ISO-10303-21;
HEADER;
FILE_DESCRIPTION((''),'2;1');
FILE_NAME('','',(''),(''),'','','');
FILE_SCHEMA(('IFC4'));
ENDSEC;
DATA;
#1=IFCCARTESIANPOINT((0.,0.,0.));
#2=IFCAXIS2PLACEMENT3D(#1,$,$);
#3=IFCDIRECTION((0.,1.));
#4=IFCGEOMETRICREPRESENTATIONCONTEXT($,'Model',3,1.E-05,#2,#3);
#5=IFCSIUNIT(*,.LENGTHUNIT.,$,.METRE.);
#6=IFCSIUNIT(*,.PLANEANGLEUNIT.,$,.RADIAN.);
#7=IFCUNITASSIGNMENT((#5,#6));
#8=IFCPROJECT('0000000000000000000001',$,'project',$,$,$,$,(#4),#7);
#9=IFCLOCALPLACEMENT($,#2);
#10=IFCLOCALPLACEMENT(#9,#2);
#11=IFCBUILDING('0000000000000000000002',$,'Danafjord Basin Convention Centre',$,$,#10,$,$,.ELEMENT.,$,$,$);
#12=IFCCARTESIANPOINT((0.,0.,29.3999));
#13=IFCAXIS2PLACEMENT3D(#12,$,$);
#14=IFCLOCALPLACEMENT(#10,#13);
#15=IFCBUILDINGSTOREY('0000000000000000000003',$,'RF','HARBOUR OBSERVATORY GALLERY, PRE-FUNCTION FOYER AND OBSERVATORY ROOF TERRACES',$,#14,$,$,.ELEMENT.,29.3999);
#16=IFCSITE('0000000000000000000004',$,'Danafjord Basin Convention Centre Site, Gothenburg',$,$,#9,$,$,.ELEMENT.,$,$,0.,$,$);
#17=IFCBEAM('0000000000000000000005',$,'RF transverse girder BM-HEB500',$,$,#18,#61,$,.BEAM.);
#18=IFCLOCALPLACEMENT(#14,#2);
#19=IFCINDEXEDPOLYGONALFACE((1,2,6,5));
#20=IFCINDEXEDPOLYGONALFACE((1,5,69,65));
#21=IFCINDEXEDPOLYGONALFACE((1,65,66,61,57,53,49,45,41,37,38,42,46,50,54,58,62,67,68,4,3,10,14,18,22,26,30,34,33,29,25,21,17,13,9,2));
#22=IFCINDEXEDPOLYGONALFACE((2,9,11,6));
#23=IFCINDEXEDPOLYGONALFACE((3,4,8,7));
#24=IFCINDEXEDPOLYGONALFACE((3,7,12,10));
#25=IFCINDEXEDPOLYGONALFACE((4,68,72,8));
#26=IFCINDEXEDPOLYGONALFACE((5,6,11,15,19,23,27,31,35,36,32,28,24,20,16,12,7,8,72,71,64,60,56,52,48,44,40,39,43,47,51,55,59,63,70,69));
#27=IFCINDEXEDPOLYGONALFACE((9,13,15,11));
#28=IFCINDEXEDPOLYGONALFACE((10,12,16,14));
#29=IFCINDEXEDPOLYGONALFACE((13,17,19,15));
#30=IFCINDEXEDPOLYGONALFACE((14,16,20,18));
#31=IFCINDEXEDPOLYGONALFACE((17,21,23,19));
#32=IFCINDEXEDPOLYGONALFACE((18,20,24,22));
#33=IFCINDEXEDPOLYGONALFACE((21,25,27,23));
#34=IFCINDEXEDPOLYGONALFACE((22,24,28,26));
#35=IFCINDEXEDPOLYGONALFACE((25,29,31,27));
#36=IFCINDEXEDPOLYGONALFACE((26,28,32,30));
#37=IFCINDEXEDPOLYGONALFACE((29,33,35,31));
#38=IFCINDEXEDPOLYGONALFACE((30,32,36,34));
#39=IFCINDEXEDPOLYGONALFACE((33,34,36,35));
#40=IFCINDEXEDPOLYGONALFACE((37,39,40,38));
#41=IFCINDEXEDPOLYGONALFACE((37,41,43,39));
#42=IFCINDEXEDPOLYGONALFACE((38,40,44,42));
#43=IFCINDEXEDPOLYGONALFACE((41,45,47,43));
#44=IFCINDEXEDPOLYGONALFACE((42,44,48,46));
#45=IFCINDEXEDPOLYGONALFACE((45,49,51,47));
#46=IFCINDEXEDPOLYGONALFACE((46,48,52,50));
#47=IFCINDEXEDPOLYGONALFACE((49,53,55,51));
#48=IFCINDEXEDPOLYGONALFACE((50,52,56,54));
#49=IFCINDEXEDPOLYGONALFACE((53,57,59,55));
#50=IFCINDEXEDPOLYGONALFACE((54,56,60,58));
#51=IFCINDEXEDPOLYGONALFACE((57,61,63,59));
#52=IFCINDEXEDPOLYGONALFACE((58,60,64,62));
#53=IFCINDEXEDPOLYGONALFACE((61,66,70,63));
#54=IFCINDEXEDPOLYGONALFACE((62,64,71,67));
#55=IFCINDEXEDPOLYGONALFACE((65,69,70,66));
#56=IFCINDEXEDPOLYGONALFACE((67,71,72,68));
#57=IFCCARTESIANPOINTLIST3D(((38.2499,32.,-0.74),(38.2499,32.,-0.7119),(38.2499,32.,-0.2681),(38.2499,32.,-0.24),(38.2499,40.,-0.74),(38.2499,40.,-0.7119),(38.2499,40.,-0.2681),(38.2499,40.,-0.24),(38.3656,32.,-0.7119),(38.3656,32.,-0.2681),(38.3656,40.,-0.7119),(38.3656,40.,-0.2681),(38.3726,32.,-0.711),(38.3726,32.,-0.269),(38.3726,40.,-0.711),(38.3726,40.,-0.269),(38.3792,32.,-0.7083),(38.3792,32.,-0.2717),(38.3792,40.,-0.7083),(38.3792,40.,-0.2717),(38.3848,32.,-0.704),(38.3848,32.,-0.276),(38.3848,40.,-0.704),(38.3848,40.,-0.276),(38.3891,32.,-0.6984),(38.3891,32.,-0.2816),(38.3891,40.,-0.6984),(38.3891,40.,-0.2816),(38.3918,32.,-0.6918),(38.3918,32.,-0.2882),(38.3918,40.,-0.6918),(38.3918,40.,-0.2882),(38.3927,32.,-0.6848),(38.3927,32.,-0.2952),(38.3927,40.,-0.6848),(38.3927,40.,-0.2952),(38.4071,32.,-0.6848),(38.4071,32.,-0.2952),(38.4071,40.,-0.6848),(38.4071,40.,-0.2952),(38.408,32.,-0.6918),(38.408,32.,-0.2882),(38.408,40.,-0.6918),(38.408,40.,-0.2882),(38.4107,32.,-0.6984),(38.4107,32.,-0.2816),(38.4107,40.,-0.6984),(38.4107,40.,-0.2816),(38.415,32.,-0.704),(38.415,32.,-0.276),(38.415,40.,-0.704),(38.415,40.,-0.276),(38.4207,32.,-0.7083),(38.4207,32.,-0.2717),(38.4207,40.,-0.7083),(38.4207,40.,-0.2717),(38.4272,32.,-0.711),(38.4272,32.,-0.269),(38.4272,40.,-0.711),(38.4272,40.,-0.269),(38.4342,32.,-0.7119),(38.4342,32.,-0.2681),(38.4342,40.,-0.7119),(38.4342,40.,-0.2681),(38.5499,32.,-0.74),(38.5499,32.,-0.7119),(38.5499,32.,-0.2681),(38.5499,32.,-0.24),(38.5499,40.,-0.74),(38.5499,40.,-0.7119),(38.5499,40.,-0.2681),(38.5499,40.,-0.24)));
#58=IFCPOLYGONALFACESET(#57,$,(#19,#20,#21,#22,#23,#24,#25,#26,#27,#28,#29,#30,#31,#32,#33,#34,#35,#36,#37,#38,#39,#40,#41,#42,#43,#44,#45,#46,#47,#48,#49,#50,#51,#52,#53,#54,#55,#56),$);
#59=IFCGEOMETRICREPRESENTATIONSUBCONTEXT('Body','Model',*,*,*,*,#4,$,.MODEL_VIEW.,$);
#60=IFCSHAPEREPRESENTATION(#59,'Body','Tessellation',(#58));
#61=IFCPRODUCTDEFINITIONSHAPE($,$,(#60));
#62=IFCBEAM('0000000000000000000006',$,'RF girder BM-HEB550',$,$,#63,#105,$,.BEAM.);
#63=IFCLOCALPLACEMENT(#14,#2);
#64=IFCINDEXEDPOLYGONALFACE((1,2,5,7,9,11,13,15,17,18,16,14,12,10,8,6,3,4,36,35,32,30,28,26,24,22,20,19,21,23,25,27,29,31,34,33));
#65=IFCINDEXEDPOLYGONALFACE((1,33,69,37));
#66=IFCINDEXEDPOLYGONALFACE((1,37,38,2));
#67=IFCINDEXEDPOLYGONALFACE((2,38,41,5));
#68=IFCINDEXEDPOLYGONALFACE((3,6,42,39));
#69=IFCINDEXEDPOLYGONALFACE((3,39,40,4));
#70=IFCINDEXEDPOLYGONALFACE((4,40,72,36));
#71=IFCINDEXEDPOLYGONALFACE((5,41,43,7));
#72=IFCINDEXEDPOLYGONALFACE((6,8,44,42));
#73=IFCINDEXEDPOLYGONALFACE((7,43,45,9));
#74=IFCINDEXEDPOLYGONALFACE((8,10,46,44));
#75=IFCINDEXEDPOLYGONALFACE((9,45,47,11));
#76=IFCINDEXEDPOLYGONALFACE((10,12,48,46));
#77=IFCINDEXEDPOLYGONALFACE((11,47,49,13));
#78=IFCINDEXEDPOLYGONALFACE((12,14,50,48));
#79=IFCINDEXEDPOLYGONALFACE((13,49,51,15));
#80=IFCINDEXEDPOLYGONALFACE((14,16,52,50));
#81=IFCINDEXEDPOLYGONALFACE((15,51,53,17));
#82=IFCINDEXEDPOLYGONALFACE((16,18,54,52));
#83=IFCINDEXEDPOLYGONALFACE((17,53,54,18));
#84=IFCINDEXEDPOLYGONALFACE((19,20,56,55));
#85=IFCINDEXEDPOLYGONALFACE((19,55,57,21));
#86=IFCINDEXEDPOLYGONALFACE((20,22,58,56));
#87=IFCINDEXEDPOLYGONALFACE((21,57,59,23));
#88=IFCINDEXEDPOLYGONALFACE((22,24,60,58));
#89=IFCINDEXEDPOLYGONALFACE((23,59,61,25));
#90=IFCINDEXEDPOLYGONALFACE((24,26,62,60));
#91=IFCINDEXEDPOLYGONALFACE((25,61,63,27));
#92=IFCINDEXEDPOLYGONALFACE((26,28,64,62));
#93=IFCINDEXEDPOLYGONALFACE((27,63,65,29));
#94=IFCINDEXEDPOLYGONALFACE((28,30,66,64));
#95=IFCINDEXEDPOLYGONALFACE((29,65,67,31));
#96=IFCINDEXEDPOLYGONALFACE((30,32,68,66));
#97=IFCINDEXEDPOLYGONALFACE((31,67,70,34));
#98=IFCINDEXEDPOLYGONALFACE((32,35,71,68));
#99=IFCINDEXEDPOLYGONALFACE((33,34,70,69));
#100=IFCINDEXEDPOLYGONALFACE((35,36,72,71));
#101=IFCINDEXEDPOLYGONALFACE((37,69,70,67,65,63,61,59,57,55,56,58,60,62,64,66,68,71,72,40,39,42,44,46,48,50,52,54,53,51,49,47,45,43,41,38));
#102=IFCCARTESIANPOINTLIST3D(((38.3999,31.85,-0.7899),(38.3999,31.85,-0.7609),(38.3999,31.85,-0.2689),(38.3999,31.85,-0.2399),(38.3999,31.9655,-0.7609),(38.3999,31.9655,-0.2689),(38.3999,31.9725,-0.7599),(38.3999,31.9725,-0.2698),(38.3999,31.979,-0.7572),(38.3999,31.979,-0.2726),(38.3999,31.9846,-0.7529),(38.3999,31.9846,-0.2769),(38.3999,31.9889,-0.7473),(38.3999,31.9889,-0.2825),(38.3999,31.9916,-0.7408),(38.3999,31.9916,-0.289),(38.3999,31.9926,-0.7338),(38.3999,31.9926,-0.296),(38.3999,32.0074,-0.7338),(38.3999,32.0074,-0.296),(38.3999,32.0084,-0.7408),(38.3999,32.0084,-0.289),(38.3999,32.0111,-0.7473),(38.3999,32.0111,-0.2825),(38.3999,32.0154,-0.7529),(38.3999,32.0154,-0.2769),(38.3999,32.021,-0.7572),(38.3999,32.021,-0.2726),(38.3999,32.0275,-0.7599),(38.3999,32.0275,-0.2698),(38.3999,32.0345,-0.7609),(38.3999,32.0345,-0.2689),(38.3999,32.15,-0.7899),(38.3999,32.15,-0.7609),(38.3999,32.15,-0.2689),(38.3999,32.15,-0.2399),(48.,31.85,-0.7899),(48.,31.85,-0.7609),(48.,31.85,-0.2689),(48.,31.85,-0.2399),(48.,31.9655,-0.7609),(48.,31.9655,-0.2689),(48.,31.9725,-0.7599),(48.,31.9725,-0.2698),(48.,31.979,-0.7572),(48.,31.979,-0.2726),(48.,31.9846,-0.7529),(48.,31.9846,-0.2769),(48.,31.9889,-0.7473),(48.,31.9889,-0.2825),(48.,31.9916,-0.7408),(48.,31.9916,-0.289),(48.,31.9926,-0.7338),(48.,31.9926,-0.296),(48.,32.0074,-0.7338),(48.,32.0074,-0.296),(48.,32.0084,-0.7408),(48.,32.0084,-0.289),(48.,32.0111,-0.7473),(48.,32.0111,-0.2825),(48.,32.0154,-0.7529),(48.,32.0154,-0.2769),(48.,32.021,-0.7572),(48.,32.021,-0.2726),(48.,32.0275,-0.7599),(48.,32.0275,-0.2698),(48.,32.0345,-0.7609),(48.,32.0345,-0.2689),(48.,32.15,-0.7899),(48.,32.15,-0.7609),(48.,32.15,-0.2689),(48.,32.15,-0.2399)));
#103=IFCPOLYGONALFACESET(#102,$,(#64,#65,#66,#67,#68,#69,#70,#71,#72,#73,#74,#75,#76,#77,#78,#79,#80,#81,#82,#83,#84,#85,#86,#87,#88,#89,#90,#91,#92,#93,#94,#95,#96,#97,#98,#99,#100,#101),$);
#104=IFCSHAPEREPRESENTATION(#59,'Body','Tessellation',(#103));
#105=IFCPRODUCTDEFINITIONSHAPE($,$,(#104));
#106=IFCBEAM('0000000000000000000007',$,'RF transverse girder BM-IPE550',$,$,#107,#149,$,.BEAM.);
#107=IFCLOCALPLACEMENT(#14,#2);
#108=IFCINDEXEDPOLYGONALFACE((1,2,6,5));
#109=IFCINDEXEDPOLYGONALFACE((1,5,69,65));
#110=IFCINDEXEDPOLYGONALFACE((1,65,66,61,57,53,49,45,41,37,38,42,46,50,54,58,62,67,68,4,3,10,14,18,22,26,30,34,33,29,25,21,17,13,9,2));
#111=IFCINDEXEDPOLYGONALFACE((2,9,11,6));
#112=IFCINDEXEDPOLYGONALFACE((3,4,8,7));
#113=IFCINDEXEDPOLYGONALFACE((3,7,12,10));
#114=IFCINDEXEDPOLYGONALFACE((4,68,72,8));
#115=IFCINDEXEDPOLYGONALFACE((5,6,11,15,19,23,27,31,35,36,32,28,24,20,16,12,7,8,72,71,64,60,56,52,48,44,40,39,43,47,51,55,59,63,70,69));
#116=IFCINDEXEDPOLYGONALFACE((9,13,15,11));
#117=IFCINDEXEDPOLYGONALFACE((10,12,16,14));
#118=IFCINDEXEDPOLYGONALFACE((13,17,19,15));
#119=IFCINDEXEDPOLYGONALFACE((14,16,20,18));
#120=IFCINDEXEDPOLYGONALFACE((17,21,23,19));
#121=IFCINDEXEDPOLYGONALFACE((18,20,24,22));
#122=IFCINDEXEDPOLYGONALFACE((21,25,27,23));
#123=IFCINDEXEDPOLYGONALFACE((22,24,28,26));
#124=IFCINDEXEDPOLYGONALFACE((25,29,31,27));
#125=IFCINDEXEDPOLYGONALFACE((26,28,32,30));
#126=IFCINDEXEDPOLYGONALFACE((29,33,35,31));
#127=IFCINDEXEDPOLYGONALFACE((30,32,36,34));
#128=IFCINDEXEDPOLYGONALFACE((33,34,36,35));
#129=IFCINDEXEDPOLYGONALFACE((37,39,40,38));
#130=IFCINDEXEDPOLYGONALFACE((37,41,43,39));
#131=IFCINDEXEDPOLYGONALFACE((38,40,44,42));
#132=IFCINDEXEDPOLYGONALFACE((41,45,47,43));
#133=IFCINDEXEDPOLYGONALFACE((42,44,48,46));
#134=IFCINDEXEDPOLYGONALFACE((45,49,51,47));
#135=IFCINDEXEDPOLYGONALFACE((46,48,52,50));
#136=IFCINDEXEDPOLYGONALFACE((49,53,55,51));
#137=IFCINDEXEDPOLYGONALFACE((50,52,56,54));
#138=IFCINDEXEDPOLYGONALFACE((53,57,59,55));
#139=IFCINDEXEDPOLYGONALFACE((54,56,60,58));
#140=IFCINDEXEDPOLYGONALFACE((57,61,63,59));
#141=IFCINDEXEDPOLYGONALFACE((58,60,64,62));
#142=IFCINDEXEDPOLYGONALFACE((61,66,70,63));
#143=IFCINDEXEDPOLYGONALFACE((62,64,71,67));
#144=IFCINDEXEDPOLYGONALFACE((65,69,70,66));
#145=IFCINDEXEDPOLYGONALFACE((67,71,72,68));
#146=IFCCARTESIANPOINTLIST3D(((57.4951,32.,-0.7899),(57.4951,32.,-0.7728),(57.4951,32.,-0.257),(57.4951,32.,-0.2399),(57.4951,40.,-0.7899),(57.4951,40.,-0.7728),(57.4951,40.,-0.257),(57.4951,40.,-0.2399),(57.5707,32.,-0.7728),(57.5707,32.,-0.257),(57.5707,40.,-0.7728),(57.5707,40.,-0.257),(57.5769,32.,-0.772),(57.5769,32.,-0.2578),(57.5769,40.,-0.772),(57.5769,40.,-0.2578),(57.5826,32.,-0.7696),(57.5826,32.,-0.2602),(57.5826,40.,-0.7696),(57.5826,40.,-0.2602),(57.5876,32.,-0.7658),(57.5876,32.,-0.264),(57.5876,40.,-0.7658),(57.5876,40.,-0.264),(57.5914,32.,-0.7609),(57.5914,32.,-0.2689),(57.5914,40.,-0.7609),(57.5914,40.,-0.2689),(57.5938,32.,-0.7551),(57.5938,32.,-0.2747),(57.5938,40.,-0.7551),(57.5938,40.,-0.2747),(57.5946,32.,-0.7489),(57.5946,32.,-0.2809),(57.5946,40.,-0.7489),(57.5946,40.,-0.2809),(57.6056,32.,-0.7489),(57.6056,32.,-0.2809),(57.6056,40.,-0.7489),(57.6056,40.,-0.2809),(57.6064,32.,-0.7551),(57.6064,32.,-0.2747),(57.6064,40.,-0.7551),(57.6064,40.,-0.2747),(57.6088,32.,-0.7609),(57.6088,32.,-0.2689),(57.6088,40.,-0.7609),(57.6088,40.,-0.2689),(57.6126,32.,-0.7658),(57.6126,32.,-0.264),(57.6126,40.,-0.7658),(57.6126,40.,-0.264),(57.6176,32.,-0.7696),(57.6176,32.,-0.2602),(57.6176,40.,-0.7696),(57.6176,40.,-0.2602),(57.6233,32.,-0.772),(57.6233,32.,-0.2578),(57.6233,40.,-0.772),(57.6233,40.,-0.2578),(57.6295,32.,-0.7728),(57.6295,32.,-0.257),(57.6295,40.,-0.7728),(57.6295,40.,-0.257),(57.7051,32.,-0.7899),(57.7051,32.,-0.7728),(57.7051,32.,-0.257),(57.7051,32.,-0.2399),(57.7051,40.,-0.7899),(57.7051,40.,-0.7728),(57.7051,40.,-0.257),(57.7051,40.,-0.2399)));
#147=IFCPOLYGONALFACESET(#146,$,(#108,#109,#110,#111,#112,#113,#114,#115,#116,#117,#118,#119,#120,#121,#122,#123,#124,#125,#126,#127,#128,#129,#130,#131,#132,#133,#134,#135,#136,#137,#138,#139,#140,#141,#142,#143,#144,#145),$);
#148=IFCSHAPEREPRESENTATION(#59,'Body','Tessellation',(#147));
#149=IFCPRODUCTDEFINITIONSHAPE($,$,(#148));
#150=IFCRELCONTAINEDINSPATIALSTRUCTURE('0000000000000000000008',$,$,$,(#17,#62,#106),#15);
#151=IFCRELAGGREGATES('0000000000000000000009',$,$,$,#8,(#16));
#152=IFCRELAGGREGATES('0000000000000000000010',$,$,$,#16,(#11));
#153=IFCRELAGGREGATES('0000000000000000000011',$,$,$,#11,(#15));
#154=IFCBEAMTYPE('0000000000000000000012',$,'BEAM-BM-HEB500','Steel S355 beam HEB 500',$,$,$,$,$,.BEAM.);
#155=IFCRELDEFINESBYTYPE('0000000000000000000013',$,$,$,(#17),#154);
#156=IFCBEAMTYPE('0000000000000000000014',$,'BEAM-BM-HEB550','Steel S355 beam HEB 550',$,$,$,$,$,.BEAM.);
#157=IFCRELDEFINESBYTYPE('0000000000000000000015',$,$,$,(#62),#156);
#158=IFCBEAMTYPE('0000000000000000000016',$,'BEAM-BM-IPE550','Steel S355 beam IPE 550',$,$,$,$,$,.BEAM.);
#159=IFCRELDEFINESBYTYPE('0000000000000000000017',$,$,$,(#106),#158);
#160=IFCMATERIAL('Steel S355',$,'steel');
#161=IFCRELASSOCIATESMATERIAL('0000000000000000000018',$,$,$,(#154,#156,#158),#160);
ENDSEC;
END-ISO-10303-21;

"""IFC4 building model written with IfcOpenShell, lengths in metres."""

from ifc_helpers import new_model, si_unit, direction, frame, origin, origin_2d, place, context, subcontext, project, spatial, i_section, extrude, material, material_profile, profile_set, type_object, element, save


model = new_model("IFC4")

# Units and contexts
model_context = context("Model", 3, precision=1e-05, world=origin(), true_north=direction((0.0, 1.0)))
body_context = subcontext(model_context, "Body", "Model", "MODEL_VIEW")
ifc_project = project(units=[si_unit("LENGTHUNIT", "METRE"), si_unit("PLANEANGLEUNIT", "RADIAN")], contexts=[model_context])

# Site, building, storey
site_placement = place(None, origin())
site = spatial("IfcSite", under=ifc_project, at=site_placement, Name="Danafjord Basin Convention Centre Site, Gothenburg", CompositionType="ELEMENT", RefElevation=0.0)
building_placement = place(site_placement, origin())
building = spatial("IfcBuilding", under=site, at=building_placement, Name="Danafjord Basin Convention Centre", CompositionType="ELEMENT")
storey_placement = place(building_placement, frame((0.0, 0.0, 29.3999)))
storey = spatial("IfcBuildingStorey", under=building, at=storey_placement, Name="RF", Description="HARBOUR OBSERVATORY GALLERY, PRE-FUNCTION FOYER AND OBSERVATORY ROOF TERRACES", CompositionType="ELEMENT", Elevation=29.3999)

# Shared definitions
ifc_material_1 = material(Name="Steel S355", Category="steel")

# Beams
ifc_material_profile_1 = material_profile(ifc_material_1, i_section(OverallWidth=0.3, OverallDepth=0.5, WebThickness=0.0144, FlangeThickness=0.0281, FilletRadius=0.0271, at=origin_2d()), Name="HEB 500")
ifc_profile_set_1 = profile_set([ifc_material_profile_1], Name="Steel S355")
beam_type_1 = type_object("IfcBeamType", Name="BEAM-BM-HEB500", Description="Steel S355 beam HEB 500", PredefinedType="BEAM", material=ifc_profile_set_1)
beam_1_placement = place(storey_placement, frame((38.3999, 32.0, -0.49), z_axis=(0.0, 1.0, 0.0), x_axis=(-1.0, 0.0, 0.0)))
element("IfcBeam", 1, at=beam_1_placement, inside=storey, type_object=beam_type_1, Name="RF transverse girder BM-HEB500", PredefinedType="BEAM", context=body_context, shape_type="SweptSolid", body=[
    extrude(i_section(OverallWidth=0.3, OverallDepth=0.5, WebThickness=0.0144, FlangeThickness=0.0281, FilletRadius=0.0271, at=origin_2d()), origin(), (0.0, 0.0, 1.0), 8.0),
])
ifc_material_profile_2 = material_profile(ifc_material_1, i_section(OverallWidth=0.3, OverallDepth=0.55, WebThickness=0.0149, FlangeThickness=0.0291, FilletRadius=0.0271, at=origin_2d()), Name="HEB 550")
ifc_profile_set_2 = profile_set([ifc_material_profile_2], Name="Steel S355")
beam_type_2 = type_object("IfcBeamType", Name="BEAM-BM-HEB550", Description="Steel S355 beam HEB 550", PredefinedType="BEAM", material=ifc_profile_set_2)
beam_2_placement = place(storey_placement, frame((38.3999, 32.0, -0.5149), z_axis=(1.0, 0.0, 0.0), x_axis=(0.0, 1.0, 0.0)))
element("IfcBeam", 2, at=beam_2_placement, inside=storey, type_object=beam_type_2, Name="RF girder BM-HEB550", PredefinedType="BEAM", context=body_context, shape_type="SweptSolid", body=[
    extrude(i_section(OverallWidth=0.3, OverallDepth=0.55, WebThickness=0.0149, FlangeThickness=0.0291, FilletRadius=0.0271, at=origin_2d()), origin(), (0.0, 0.0, 1.0), 9.6001),
])
ifc_material_profile_3 = material_profile(ifc_material_1, i_section(OverallWidth=0.21, OverallDepth=0.55, WebThickness=0.011, FlangeThickness=0.0171, FilletRadius=0.0239, at=origin_2d()), Name="IPE 550")
ifc_profile_set_3 = profile_set([ifc_material_profile_3], Name="Steel S355")
beam_type_3 = type_object("IfcBeamType", Name="BEAM-BM-IPE550", Description="Steel S355 beam IPE 550", PredefinedType="BEAM", material=ifc_profile_set_3)
beam_3_placement = place(storey_placement, frame((57.6001, 32.0, -0.5149), z_axis=(0.0, 1.0, 0.0), x_axis=(-1.0, 0.0, 0.0)))
element("IfcBeam", 3, at=beam_3_placement, inside=storey, type_object=beam_type_3, Name="RF transverse girder BM-IPE550", PredefinedType="BEAM", context=body_context, shape_type="SweptSolid", body=[
    extrude(i_section(OverallWidth=0.21, OverallDepth=0.55, WebThickness=0.011, FlangeThickness=0.0171, FilletRadius=0.0239, at=origin_2d()), origin(), (0.0, 0.0, 1.0), 8.0),
])

save(model, "model.ifc")
